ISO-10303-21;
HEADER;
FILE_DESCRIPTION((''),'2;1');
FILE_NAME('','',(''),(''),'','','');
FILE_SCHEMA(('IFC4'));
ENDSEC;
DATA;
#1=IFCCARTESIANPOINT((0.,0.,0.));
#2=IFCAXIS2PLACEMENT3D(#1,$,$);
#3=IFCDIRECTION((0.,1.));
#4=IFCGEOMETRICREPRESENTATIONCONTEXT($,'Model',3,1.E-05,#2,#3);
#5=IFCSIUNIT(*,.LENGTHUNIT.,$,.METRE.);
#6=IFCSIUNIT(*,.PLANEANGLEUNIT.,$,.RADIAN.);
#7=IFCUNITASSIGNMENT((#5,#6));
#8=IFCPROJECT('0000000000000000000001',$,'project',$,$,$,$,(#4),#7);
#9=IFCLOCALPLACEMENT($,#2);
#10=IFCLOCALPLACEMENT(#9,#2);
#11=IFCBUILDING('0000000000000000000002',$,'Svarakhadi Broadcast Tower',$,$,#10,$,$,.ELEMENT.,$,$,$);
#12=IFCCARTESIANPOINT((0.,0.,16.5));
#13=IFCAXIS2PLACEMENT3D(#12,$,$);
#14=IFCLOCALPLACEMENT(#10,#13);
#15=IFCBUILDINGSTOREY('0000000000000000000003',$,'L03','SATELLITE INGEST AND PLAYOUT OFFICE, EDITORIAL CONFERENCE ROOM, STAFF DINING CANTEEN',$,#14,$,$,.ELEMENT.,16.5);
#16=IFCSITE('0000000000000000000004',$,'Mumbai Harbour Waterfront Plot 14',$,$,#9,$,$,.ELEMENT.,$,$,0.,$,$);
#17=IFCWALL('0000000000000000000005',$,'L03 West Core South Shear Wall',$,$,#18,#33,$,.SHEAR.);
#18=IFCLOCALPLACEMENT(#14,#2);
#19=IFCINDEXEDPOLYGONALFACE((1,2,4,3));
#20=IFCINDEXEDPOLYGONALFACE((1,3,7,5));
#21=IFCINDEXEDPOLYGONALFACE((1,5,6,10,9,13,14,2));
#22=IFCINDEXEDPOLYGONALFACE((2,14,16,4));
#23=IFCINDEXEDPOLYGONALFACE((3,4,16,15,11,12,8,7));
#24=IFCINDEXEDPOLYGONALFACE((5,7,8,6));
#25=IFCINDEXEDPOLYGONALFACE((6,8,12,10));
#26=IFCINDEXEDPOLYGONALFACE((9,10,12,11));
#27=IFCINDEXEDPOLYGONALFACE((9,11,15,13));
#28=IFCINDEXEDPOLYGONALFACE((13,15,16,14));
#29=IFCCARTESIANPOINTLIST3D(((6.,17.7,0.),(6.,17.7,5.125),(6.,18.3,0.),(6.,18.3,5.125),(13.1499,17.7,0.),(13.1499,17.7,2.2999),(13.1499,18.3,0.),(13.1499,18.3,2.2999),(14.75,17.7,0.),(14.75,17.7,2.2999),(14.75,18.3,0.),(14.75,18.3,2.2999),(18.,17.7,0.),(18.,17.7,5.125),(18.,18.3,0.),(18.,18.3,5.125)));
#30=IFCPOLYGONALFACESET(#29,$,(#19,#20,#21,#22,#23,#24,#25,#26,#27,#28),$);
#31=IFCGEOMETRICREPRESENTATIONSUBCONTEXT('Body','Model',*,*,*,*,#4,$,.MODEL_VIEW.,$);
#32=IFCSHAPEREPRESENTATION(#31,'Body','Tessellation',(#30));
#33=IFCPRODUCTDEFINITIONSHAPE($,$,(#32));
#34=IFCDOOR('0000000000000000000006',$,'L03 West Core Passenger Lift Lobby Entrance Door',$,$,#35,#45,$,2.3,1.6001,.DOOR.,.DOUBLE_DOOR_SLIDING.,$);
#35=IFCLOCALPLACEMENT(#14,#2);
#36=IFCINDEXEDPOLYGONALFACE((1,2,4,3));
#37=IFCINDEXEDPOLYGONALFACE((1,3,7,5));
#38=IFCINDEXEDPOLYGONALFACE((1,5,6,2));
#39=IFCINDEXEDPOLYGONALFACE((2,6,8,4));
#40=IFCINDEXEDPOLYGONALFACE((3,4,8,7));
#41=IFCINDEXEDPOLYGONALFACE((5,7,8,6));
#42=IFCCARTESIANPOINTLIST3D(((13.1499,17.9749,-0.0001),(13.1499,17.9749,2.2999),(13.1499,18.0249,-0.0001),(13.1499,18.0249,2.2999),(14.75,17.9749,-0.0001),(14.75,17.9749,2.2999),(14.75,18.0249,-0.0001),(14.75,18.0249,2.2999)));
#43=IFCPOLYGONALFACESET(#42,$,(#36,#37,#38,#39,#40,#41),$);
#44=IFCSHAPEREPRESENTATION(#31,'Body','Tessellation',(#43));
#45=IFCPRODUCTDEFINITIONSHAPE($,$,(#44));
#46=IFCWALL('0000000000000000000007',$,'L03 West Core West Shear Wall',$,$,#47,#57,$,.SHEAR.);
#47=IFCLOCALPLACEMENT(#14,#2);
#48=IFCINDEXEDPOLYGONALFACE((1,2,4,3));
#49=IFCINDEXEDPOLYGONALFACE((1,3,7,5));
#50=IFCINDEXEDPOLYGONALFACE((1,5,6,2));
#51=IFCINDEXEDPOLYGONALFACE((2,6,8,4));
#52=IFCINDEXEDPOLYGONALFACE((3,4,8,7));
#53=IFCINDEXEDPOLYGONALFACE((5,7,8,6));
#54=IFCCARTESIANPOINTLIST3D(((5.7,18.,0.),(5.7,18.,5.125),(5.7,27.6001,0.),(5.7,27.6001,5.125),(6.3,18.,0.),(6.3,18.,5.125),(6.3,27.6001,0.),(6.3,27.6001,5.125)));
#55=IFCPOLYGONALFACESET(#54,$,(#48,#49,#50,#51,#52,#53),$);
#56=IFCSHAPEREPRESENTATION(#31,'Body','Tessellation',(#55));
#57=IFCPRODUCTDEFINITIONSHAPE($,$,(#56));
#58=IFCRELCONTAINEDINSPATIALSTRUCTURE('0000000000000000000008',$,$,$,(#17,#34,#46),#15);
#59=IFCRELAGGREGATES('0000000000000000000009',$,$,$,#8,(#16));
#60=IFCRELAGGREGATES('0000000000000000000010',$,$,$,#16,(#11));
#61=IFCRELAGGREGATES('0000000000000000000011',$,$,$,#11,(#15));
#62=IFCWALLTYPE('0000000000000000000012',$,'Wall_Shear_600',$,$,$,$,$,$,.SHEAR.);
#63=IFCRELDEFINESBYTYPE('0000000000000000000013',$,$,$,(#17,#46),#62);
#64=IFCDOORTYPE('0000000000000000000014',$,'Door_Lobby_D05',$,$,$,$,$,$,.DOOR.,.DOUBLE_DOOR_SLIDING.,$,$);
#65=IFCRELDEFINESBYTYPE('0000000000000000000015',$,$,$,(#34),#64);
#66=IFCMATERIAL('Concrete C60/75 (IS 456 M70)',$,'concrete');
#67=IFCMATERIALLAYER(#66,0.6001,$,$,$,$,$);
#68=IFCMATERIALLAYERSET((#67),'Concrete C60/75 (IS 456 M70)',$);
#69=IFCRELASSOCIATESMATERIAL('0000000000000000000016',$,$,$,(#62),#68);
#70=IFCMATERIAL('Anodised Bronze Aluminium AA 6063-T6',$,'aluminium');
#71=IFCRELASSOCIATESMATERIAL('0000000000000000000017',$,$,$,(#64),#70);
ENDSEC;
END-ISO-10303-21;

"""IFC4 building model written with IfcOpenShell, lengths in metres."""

from ifc_helpers import new_model, si_unit, direction, frame, frame_2d, origin, place, context, subcontext, project, spatial, rectangle, extrude, material, layer, layer_set, type_object, element, fill, save


model = new_model("IFC4")

# Units and contexts
model_context = context("Model", 3, precision=1e-05, world=origin(), true_north=direction((0.0, 1.0)))
body_context = subcontext(model_context, "Body", "Model", "MODEL_VIEW")
ifc_project = project(units=[si_unit("LENGTHUNIT", "METRE"), si_unit("PLANEANGLEUNIT", "RADIAN")], contexts=[model_context])

# Site, building, storey
site_placement = place(None, origin())
site = spatial("IfcSite", under=ifc_project, at=site_placement, Name="Mumbai Harbour Waterfront Plot 14", CompositionType="ELEMENT", RefElevation=0.0)
building_placement = place(site_placement, origin())
building = spatial("IfcBuilding", under=site, at=building_placement, Name="Svarakhadi Broadcast Tower", CompositionType="ELEMENT")
storey_placement = place(building_placement, frame((0.0, 0.0, 16.5)))
storey = spatial("IfcBuildingStorey", under=building, at=storey_placement, Name="L03", Description="SATELLITE INGEST AND PLAYOUT OFFICE, EDITORIAL CONFERENCE ROOM, STAFF DINING CANTEEN", CompositionType="ELEMENT", Elevation=16.5)

# Shared definitions
ifc_material_1 = material(Name="Concrete C60/75 (IS 456 M70)", Category="concrete")

# Wall, opening, door
ifc_layer_1 = layer(ifc_material_1, 0.6001)
ifc_layer_set_1 = layer_set([ifc_layer_1], Name="Concrete C60/75 (IS 456 M70)")
wall_type_1 = type_object("IfcWallType", Name="Wall_Shear_600", PredefinedType="SHEAR", material=ifc_layer_set_1)
wall_1_placement = place(storey_placement, frame((6.0, 18.0, 0.0), z_axis=(0.0, 0.0, 1.0), x_axis=(1.0, 0.0, 0.0)))
wall_1 = element("IfcWall", 1, at=wall_1_placement, inside=storey, type_object=wall_type_1, Name="L03 West Core South Shear Wall", PredefinedType="SHEAR", context=body_context, shape_type="SweptSolid", body=[
    extrude(rectangle(XDim=12.0, YDim=0.6001, at=frame_2d((6.0, 0.0))), origin(), (0.0, 0.0, 1.0), 5.125),
])
opening_1_placement = place(wall_1_placement, frame((7.1499, 0.0, 0.0)))
opening_1 = element("IfcOpeningElement", 2, at=opening_1_placement, cuts=wall_1, PredefinedType="OPENING", context=body_context, shape_type="SweptSolid", body=[
    extrude(rectangle(XDim=1.6001, YDim=2.3, at=frame_2d((0.8, 1.1499))), frame((0.0, 0.3101, 0.0), z_axis=(0.0, -1.0, 0.0), x_axis=(1.0, 0.0, 0.0)), (0.0, 0.0, 1.0), 0.6201),
])
ifc_material_2 = material(Name="Anodised Bronze Aluminium AA 6063-T6", Category="aluminium")
door_type_1 = type_object("IfcDoorType", Name="Door_Lobby_D05", OperationType="DOUBLE_DOOR_SLIDING", PredefinedType="DOOR", material=ifc_material_2)
door_1_placement = place(opening_1_placement, origin())
door_1 = element("IfcDoor", 3, at=door_1_placement, inside=storey, type_object=door_type_1, Name="L03 West Core Passenger Lift Lobby Entrance Door", OperationType="DOUBLE_DOOR_SLIDING", OverallHeight=2.3, OverallWidth=1.6001, PredefinedType="DOOR", context=body_context, shape_type="SweptSolid", body=[
    extrude(rectangle(XDim=1.6001, YDim=2.3, at=frame_2d((0.8, 1.1499))), frame((0.0, 0.0249, 0.0), z_axis=(0.0, -1.0, 0.0), x_axis=(1.0, 0.0, 0.0)), (0.0, 0.0, 1.0), 0.05),
])
fill(opening_1, door_1)

# Wall
wall_2_placement = place(storey_placement, frame((6.0, 18.0, 0.0), z_axis=(0.0, 0.0, 1.0), x_axis=(0.0, 1.0, 0.0)))
element("IfcWall", 4, at=wall_2_placement, inside=storey, type_object=wall_type_1, Name="L03 West Core West Shear Wall", PredefinedType="SHEAR", context=body_context, shape_type="SweptSolid", body=[
    extrude(rectangle(XDim=9.6001, YDim=0.6001, at=frame_2d((4.8, 0.0))), origin(), (0.0, 0.0, 1.0), 5.125),
])

save(model, "model.ifc")
